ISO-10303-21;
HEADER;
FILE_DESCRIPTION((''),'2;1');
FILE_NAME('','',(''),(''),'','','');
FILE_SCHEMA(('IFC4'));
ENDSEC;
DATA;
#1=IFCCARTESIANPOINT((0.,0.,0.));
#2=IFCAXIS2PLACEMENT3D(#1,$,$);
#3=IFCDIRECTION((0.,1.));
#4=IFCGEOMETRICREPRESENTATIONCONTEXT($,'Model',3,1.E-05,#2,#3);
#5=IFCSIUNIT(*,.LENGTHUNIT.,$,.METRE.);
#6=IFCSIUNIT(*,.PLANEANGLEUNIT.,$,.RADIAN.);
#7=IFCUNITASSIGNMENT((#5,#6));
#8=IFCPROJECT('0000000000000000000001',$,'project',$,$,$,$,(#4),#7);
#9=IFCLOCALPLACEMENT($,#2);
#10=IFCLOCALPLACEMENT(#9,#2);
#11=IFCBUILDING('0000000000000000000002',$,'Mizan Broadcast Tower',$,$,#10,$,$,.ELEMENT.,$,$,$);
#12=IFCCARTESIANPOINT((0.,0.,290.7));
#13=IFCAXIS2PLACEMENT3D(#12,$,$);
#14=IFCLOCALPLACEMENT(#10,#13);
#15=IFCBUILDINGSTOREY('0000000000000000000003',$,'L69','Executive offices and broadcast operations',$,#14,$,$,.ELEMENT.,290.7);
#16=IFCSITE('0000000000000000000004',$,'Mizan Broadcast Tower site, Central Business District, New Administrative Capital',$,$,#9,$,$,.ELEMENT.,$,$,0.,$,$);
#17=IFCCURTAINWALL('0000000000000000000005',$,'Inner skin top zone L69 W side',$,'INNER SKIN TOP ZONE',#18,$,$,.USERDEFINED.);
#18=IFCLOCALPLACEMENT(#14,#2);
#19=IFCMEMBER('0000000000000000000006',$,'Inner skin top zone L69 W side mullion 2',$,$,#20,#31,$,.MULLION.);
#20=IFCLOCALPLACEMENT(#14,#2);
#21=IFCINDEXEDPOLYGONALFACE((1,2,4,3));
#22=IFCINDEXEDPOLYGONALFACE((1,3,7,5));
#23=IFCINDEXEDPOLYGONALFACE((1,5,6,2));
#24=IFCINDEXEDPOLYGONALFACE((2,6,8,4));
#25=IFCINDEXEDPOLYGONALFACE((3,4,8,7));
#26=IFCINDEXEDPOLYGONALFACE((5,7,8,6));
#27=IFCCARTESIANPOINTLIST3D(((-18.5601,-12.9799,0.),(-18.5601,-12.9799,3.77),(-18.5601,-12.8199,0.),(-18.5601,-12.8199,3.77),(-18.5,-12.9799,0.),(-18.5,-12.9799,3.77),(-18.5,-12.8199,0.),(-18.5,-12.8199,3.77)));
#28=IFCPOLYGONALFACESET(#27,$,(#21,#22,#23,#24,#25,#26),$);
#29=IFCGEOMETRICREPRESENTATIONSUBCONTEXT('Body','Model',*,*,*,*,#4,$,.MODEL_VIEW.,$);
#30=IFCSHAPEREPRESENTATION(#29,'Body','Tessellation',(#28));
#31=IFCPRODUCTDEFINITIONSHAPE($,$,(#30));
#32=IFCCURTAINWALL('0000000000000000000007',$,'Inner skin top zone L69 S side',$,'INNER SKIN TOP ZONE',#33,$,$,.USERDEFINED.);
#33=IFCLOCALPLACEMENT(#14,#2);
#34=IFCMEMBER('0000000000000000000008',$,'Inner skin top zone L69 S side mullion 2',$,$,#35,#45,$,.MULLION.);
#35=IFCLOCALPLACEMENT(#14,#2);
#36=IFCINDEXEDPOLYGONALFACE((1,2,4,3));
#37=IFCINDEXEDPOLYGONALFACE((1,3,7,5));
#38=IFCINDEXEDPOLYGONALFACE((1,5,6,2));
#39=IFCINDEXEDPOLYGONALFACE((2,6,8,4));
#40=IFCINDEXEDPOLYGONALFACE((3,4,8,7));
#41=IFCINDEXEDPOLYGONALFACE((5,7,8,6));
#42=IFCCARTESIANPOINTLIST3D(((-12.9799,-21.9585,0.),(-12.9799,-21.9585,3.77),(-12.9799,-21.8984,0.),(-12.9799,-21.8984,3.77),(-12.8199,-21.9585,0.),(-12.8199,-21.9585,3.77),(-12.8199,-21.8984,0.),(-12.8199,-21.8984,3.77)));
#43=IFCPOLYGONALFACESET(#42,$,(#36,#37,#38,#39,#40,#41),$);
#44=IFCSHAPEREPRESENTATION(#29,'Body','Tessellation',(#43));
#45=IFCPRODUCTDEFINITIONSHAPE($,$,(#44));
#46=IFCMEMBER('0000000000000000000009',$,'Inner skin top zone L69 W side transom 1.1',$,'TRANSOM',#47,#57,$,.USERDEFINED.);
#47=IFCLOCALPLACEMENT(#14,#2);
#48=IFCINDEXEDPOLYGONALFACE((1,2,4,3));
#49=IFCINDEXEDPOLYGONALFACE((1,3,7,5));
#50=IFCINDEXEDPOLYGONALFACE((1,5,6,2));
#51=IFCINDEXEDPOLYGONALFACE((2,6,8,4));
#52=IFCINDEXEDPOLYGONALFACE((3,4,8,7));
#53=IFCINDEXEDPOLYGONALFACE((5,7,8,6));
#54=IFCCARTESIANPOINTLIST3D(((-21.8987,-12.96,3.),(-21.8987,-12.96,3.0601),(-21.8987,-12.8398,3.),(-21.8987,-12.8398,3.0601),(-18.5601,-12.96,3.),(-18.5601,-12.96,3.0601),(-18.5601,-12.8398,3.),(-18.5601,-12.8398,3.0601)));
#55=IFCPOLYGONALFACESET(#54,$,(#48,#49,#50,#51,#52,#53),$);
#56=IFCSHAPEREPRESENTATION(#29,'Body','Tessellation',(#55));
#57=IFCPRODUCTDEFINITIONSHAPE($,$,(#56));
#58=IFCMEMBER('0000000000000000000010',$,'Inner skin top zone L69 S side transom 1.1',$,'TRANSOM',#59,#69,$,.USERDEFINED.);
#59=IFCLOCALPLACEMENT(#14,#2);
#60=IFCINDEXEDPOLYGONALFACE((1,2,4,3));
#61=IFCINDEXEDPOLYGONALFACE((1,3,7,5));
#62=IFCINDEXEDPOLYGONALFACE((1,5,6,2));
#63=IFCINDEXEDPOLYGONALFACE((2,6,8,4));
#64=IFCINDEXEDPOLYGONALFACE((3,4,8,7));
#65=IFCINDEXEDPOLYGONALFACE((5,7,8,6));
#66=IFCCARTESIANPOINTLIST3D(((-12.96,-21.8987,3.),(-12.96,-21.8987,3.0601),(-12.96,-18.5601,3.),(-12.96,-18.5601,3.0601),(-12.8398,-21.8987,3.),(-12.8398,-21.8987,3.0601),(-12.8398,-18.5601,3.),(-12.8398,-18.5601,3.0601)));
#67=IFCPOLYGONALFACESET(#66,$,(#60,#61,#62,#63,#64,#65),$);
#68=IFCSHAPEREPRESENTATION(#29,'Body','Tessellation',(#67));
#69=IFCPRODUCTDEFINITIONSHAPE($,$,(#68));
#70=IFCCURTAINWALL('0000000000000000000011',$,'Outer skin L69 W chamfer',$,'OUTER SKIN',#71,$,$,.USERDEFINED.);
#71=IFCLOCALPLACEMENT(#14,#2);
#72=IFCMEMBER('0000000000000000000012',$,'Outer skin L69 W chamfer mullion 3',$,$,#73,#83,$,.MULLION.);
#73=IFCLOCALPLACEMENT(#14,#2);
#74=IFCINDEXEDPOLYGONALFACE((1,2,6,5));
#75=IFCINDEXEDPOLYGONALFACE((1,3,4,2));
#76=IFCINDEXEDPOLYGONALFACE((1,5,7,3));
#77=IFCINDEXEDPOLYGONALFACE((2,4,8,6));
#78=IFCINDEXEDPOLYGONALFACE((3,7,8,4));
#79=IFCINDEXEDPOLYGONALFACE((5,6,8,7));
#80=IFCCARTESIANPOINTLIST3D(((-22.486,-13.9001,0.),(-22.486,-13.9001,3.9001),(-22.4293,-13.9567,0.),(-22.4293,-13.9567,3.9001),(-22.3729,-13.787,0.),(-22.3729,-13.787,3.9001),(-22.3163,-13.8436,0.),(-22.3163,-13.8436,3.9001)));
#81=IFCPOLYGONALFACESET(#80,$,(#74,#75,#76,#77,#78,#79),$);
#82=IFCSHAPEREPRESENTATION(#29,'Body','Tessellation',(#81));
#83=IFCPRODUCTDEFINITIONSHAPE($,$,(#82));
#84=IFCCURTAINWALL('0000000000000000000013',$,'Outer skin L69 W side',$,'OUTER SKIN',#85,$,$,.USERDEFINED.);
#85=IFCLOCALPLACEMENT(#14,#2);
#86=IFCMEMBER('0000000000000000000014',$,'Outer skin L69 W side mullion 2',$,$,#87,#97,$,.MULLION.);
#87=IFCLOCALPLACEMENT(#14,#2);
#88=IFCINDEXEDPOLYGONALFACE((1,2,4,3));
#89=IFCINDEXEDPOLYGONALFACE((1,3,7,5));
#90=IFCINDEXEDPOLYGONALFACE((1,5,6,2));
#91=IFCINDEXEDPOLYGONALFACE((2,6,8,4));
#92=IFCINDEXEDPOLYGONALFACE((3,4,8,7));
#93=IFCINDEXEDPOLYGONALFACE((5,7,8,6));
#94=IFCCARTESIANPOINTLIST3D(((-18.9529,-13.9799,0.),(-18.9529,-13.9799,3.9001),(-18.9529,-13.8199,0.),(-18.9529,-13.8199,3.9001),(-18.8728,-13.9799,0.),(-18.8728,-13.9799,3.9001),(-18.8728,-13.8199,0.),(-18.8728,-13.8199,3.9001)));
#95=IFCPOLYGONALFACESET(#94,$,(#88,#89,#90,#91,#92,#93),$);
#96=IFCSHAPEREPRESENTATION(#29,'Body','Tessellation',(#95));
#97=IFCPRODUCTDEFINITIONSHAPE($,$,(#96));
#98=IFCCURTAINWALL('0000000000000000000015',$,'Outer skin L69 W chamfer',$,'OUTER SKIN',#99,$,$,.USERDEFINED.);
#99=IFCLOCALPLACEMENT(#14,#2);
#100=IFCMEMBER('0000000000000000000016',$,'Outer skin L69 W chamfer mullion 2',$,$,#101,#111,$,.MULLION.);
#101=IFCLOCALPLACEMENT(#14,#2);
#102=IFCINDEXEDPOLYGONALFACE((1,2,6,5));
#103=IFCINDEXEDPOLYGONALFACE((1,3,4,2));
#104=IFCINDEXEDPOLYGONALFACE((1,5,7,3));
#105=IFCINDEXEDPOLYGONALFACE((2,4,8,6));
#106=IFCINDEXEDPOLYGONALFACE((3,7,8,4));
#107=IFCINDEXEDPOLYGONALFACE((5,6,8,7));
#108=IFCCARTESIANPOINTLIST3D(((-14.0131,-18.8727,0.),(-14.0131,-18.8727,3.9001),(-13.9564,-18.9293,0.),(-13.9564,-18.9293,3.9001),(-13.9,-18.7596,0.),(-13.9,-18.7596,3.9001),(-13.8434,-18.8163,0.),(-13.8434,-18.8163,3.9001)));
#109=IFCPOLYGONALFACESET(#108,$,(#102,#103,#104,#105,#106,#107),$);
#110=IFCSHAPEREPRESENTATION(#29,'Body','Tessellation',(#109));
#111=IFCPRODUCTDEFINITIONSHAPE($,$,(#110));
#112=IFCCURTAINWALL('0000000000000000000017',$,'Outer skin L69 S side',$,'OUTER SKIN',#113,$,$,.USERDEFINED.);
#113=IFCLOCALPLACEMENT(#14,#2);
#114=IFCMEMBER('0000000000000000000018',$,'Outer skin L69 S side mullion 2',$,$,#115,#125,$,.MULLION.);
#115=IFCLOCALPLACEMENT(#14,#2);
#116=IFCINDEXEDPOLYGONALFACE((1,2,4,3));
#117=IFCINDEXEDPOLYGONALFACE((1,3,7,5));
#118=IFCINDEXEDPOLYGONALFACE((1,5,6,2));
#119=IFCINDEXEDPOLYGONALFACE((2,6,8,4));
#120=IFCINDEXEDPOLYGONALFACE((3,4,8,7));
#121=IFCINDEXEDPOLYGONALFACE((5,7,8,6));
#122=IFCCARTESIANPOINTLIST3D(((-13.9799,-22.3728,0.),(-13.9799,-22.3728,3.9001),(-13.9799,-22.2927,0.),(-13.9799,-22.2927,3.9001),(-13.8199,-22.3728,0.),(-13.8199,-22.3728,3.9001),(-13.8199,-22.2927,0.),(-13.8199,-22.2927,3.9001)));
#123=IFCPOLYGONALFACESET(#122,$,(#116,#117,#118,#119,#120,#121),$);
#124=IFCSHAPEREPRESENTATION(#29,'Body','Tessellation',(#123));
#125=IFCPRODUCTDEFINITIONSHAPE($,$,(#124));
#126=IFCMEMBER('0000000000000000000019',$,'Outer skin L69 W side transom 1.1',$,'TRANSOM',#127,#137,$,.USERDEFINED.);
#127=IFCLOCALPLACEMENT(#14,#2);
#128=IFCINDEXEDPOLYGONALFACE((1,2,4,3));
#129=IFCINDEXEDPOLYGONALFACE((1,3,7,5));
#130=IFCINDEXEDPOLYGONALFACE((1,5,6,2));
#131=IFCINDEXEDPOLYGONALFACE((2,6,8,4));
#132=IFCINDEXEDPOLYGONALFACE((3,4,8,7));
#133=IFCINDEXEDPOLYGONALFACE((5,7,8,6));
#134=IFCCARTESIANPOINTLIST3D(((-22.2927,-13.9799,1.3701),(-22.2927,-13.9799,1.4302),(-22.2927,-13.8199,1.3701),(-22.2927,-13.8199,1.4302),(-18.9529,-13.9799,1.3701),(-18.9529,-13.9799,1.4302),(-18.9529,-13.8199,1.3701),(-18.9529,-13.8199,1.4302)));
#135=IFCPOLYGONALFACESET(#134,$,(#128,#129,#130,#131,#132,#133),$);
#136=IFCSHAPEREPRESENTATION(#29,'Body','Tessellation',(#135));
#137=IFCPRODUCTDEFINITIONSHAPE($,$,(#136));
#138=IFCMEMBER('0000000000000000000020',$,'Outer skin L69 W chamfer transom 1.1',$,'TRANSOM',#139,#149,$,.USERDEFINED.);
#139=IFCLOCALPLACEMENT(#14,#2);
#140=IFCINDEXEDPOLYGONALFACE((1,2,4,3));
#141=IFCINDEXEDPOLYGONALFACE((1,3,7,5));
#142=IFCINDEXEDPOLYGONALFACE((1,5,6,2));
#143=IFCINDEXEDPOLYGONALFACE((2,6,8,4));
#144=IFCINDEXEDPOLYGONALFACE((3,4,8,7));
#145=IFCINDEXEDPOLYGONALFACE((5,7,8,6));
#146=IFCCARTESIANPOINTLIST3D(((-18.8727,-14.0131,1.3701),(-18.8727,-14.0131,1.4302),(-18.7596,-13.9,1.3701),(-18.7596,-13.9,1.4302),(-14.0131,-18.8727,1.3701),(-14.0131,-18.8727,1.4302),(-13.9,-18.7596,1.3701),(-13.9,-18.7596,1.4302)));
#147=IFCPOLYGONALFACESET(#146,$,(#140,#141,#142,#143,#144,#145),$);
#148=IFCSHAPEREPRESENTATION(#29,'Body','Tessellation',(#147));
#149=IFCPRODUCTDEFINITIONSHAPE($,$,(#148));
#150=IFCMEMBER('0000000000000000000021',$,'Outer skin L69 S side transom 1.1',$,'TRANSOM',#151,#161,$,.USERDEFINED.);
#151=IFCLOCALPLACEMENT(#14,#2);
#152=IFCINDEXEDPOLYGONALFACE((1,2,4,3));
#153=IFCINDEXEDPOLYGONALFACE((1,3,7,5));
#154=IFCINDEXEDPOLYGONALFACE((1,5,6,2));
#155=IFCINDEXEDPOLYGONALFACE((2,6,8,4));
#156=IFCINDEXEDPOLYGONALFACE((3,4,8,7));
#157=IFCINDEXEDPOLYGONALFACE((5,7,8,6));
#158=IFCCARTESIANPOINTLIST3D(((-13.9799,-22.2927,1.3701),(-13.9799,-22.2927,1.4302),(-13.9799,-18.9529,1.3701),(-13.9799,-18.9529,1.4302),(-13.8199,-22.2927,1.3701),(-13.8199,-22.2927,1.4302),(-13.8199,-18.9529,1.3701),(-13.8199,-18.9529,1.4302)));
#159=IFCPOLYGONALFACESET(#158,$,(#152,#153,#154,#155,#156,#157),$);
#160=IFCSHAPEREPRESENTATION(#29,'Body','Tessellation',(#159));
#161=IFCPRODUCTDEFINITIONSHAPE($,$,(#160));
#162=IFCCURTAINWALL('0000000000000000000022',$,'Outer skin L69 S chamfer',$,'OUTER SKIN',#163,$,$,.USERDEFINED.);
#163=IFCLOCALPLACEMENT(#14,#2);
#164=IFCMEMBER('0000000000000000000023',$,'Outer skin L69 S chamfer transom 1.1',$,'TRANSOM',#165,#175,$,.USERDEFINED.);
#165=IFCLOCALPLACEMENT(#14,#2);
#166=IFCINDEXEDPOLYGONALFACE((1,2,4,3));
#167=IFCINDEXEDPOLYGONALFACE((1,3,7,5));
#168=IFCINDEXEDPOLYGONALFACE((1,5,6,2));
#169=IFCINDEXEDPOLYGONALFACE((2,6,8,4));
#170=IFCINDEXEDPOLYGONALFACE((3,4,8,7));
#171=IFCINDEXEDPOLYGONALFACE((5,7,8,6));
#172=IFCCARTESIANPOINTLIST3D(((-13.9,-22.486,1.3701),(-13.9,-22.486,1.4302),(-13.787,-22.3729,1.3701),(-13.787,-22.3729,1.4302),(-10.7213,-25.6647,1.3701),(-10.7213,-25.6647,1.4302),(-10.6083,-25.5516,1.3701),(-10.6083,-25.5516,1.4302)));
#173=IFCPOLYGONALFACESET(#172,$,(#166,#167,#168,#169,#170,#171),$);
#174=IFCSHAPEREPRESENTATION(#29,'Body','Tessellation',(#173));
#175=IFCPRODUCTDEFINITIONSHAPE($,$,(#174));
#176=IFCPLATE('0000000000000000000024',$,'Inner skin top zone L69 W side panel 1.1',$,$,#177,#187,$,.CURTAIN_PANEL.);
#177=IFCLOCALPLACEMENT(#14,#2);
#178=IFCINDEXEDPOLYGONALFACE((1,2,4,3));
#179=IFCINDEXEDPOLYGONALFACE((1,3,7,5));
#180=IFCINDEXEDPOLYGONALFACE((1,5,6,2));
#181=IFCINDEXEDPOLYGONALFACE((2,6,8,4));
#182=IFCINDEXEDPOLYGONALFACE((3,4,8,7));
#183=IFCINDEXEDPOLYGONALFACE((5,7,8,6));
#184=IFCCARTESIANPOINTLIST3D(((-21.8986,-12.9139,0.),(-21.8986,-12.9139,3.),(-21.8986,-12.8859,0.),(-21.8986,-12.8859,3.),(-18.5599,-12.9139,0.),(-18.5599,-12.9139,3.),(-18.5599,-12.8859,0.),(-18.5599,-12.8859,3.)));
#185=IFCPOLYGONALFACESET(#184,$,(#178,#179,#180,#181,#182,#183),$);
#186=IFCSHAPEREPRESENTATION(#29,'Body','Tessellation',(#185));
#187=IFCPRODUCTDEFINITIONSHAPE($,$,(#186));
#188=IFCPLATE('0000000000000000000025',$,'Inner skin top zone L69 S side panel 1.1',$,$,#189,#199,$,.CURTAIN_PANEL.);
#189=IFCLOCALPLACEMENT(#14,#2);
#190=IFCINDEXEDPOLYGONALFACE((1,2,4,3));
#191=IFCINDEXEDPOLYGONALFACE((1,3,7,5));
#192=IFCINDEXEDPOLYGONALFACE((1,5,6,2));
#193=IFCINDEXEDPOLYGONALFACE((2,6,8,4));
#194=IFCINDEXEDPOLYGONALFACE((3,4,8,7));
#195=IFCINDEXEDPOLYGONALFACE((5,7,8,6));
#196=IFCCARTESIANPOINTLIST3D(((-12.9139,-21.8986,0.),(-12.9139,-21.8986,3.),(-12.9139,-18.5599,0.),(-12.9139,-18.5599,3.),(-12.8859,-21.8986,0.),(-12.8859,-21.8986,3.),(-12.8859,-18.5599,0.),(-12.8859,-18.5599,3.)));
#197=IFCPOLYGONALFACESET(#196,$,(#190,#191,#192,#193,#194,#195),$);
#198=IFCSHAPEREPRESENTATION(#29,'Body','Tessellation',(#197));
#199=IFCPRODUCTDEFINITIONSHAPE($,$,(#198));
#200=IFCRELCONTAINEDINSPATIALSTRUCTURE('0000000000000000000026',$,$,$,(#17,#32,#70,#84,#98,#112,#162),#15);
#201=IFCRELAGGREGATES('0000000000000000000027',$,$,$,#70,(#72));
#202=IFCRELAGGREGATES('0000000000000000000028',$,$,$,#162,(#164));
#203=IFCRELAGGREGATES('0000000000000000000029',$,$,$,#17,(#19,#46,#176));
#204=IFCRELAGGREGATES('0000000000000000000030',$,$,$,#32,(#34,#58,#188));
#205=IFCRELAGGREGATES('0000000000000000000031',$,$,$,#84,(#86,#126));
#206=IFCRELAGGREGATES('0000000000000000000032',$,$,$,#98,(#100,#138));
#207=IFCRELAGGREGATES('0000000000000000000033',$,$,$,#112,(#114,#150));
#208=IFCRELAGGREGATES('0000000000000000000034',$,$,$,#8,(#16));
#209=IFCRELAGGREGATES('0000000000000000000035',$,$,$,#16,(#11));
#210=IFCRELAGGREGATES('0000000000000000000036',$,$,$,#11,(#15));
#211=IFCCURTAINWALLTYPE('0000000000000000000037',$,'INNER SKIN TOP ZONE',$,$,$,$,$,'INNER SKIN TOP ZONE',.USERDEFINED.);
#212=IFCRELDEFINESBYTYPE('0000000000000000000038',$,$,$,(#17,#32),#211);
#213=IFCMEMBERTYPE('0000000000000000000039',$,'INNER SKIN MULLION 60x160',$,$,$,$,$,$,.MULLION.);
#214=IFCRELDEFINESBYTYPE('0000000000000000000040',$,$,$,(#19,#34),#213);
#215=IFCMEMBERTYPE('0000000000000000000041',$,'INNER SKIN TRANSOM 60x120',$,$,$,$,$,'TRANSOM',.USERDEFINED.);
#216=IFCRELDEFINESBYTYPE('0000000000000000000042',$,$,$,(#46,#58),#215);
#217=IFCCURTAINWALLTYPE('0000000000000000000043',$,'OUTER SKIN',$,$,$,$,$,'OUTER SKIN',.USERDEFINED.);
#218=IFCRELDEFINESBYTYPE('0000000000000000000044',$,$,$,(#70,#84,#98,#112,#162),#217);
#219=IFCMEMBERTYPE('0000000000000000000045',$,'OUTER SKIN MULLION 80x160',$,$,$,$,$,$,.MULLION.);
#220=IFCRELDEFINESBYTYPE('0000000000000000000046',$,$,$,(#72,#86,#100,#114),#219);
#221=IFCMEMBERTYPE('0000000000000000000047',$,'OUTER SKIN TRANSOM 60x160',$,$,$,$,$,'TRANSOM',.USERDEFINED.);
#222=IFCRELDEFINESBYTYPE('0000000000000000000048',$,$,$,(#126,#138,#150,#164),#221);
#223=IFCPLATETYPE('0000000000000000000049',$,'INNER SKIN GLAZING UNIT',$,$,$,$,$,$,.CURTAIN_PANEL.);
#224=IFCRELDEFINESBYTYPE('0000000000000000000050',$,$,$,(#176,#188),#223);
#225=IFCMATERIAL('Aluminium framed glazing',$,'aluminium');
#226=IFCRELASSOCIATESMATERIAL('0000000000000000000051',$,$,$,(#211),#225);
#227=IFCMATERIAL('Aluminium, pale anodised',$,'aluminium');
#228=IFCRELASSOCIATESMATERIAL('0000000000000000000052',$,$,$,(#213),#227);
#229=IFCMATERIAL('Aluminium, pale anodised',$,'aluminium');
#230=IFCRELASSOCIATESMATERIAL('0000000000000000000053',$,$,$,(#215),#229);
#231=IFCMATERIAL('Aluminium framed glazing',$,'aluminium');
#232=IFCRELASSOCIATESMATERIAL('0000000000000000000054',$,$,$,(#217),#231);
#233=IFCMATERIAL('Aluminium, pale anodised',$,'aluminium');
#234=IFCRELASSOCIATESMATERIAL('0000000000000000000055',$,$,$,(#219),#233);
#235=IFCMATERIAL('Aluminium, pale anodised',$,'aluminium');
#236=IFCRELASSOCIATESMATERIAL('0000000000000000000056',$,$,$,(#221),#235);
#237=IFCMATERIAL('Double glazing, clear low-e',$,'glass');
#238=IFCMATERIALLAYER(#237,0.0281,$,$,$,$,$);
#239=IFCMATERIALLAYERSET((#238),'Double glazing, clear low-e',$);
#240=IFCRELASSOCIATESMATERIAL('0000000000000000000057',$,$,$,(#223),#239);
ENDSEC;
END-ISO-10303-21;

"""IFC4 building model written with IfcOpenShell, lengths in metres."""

from ifc_helpers import new_model, si_unit, direction, frame, origin, origin_2d, place, context, subcontext, project, spatial, rectangle, extrude, material, layer, layer_set, material_profile, profile_set, type_object, element, aggregate, save


model = new_model("IFC4")

# Units and contexts
model_context = context("Model", 3, precision=1e-05, world=origin(), true_north=direction((0.0, 1.0)))
body_context = subcontext(model_context, "Body", "Model", "MODEL_VIEW")
ifc_project = project(units=[si_unit("LENGTHUNIT", "METRE"), si_unit("PLANEANGLEUNIT", "RADIAN")], contexts=[model_context])

# Site, building, storey
site_placement = place(None, origin())
site = spatial("IfcSite", under=ifc_project, at=site_placement, Name="Mizan Broadcast Tower site, Central Business District, New Administrative Capital", CompositionType="ELEMENT", RefElevation=0.0)
building_placement = place(site_placement, origin())
building = spatial("IfcBuilding", under=site, at=building_placement, Name="Mizan Broadcast Tower", CompositionType="ELEMENT")
storey_placement = place(building_placement, frame((0.0, 0.0, 290.7)))
storey = spatial("IfcBuildingStorey", under=building, at=storey_placement, Name="L69", Description="Executive offices and broadcast operations", CompositionType="ELEMENT", Elevation=290.7)

# Curtain walls, members
ifc_material_1 = material(Name="Aluminium framed glazing", Category="aluminium")
curtain_wall_type_1 = type_object("IfcCurtainWallType", Name="INNER SKIN TOP ZONE", ElementType="INNER SKIN TOP ZONE", PredefinedType="USERDEFINED", material=ifc_material_1)
curtain_wall_1_placement = place(storey_placement, origin())
curtain_wall_1 = element("IfcCurtainWall", 1, at=curtain_wall_1_placement, inside=storey, type_object=curtain_wall_type_1, Name="Inner skin top zone L69 W side", ObjectType="INNER SKIN TOP ZONE", PredefinedType="USERDEFINED")
ifc_material_2 = material(Name="Aluminium, pale anodised", Category="aluminium")
ifc_material_profile_1 = material_profile(ifc_material_2, rectangle(XDim=0.1599, YDim=0.0601, at=origin_2d()), Name="MULLION 160x60")
ifc_profile_set_1 = profile_set([ifc_material_profile_1], Name="Aluminium, pale anodised")
member_type_1 = type_object("IfcMemberType", Name="INNER SKIN MULLION 60x160", PredefinedType="MULLION", material=ifc_profile_set_1)
member_1_placement = place(storey_placement, frame((-18.53, -12.8999, 0.0), z_axis=(0.0, 0.0, 1.0), x_axis=(0.0, 1.0, 0.0)))
member_1 = element("IfcMember", 2, at=member_1_placement, type_object=member_type_1, Name="Inner skin top zone L69 W side mullion 2", PredefinedType="MULLION", context=body_context, shape_type="SweptSolid", body=[
    extrude(rectangle(XDim=0.1599, YDim=0.0601, at=origin_2d()), origin(), (0.0, 0.0, 1.0), 3.77),
])
curtain_wall_2_placement = place(storey_placement, origin())
curtain_wall_2 = element("IfcCurtainWall", 3, at=curtain_wall_2_placement, inside=storey, type_object=curtain_wall_type_1, Name="Inner skin top zone L69 S side", ObjectType="INNER SKIN TOP ZONE", PredefinedType="USERDEFINED")
member_2_placement = place(storey_placement, frame((-12.8999, -21.9285, 0.0), z_axis=(0.0, 0.0, 1.0), x_axis=(1.0, 0.0, 0.0)))
member_2 = element("IfcMember", 4, at=member_2_placement, type_object=member_type_1, Name="Inner skin top zone L69 S side mullion 2", PredefinedType="MULLION", context=body_context, shape_type="SweptSolid", body=[
    extrude(rectangle(XDim=0.1599, YDim=0.0601, at=origin_2d()), origin(), (0.0, 0.0, 1.0), 3.77),
])

# Members
ifc_material_3 = material(Name="Aluminium, pale anodised", Category="aluminium")
ifc_material_profile_2 = material_profile(ifc_material_3, rectangle(XDim=0.1201, YDim=0.0601, at=origin_2d()), Name="TRANSOM 120x60")
ifc_profile_set_2 = profile_set([ifc_material_profile_2], Name="Aluminium, pale anodised")
member_type_2 = type_object("IfcMemberType", Name="INNER SKIN TRANSOM 60x120", ElementType="TRANSOM", PredefinedType="USERDEFINED", material=ifc_profile_set_2)
member_3_placement = place(storey_placement, frame((-21.8987, -12.8999, 3.03), z_axis=(1.0, 0.0, 0.0), x_axis=(0.0, 1.0, 0.0)))
member_3 = element("IfcMember", 5, at=member_3_placement, type_object=member_type_2, Name="Inner skin top zone L69 W side transom 1.1", ObjectType="TRANSOM", PredefinedType="USERDEFINED", context=body_context, shape_type="SweptSolid", body=[
    extrude(rectangle(XDim=0.1201, YDim=0.0601, at=origin_2d()), origin(), (0.0, 0.0, 1.0), 3.3386),
])
member_4_placement = place(storey_placement, frame((-12.8999, -18.5601, 3.03), z_axis=(0.0, -1.0, 0.0), x_axis=(1.0, 0.0, 0.0)))
member_4 = element("IfcMember", 6, at=member_4_placement, type_object=member_type_2, Name="Inner skin top zone L69 S side transom 1.1", ObjectType="TRANSOM", PredefinedType="USERDEFINED", context=body_context, shape_type="SweptSolid", body=[
    extrude(rectangle(XDim=0.1201, YDim=0.0601, at=origin_2d()), origin(), (0.0, 0.0, 1.0), 3.3386),
])

# Curtain walls, members
ifc_material_4 = material(Name="Aluminium framed glazing", Category="aluminium")
curtain_wall_type_2 = type_object("IfcCurtainWallType", Name="OUTER SKIN", ElementType="OUTER SKIN", PredefinedType="USERDEFINED", material=ifc_material_4)
curtain_wall_3_placement = place(storey_placement, origin())
curtain_wall_3 = element("IfcCurtainWall", 7, at=curtain_wall_3_placement, inside=storey, type_object=curtain_wall_type_2, Name="Outer skin L69 W chamfer", ObjectType="OUTER SKIN", PredefinedType="USERDEFINED")
ifc_material_5 = material(Name="Aluminium, pale anodised", Category="aluminium")
ifc_material_profile_3 = material_profile(ifc_material_5, rectangle(XDim=0.1599, YDim=0.0801, at=origin_2d()), Name="MULLION 160x80")
ifc_profile_set_3 = profile_set([ifc_material_profile_3], Name="Aluminium, pale anodised")
member_type_3 = type_object("IfcMemberType", Name="OUTER SKIN MULLION 80x160", PredefinedType="MULLION", material=ifc_profile_set_3)
member_5_placement = place(storey_placement, frame((-22.4011, -13.8718, 0.0), z_axis=(0.0, 0.0, 1.0), x_axis=(0.707107, 0.707107, 0.0)))
member_5 = element("IfcMember", 8, at=member_5_placement, type_object=member_type_3, Name="Outer skin L69 W chamfer mullion 3", PredefinedType="MULLION", context=body_context, shape_type="SweptSolid", body=[
    extrude(rectangle(XDim=0.1599, YDim=0.0801, at=origin_2d()), origin(), (0.0, 0.0, 1.0), 3.9001),
])
aggregate(curtain_wall_3, [member_5])
curtain_wall_4_placement = place(storey_placement, origin())
curtain_wall_4 = element("IfcCurtainWall", 9, at=curtain_wall_4_placement, inside=storey, type_object=curtain_wall_type_2, Name="Outer skin L69 W side", ObjectType="OUTER SKIN", PredefinedType="USERDEFINED")
member_6_placement = place(storey_placement, frame((-18.9128, -13.8999, 0.0), z_axis=(0.0, 0.0, 1.0), x_axis=(0.0, 1.0, 0.0)))
member_6 = element("IfcMember", 10, at=member_6_placement, type_object=member_type_3, Name="Outer skin L69 W side mullion 2", PredefinedType="MULLION", context=body_context, shape_type="SweptSolid", body=[
    extrude(rectangle(XDim=0.1599, YDim=0.0801, at=origin_2d()), origin(), (0.0, 0.0, 1.0), 3.9001),
])
curtain_wall_5_placement = place(storey_placement, origin())
curtain_wall_5 = element("IfcCurtainWall", 11, at=curtain_wall_5_placement, inside=storey, type_object=curtain_wall_type_2, Name="Outer skin L69 W chamfer", ObjectType="OUTER SKIN", PredefinedType="USERDEFINED")
member_7_placement = place(storey_placement, frame((-13.9282, -18.8445, 0.0), z_axis=(0.0, 0.0, 1.0), x_axis=(0.707107, 0.707107, 0.0)))
member_7 = element("IfcMember", 12, at=member_7_placement, type_object=member_type_3, Name="Outer skin L69 W chamfer mullion 2", PredefinedType="MULLION", context=body_context, shape_type="SweptSolid", body=[
    extrude(rectangle(XDim=0.1599, YDim=0.0801, at=origin_2d()), origin(), (0.0, 0.0, 1.0), 3.9001),
])
curtain_wall_6_placement = place(storey_placement, origin())
curtain_wall_6 = element("IfcCurtainWall", 13, at=curtain_wall_6_placement, inside=storey, type_object=curtain_wall_type_2, Name="Outer skin L69 S side", ObjectType="OUTER SKIN", PredefinedType="USERDEFINED")
member_8_placement = place(storey_placement, frame((-13.8999, -22.3328, 0.0), z_axis=(0.0, 0.0, 1.0), x_axis=(1.0, 0.0, 0.0)))
member_8 = element("IfcMember", 14, at=member_8_placement, type_object=member_type_3, Name="Outer skin L69 S side mullion 2", PredefinedType="MULLION", context=body_context, shape_type="SweptSolid", body=[
    extrude(rectangle(XDim=0.1599, YDim=0.0801, at=origin_2d()), origin(), (0.0, 0.0, 1.0), 3.9001),
])

# Members
ifc_material_6 = material(Name="Aluminium, pale anodised", Category="aluminium")
ifc_material_profile_4 = material_profile(ifc_material_6, rectangle(XDim=0.1599, YDim=0.0601, at=origin_2d()), Name="TRANSOM 160x60")
ifc_profile_set_4 = profile_set([ifc_material_profile_4], Name="Aluminium, pale anodised")
member_type_4 = type_object("IfcMemberType", Name="OUTER SKIN TRANSOM 60x160", ElementType="TRANSOM", PredefinedType="USERDEFINED", material=ifc_profile_set_4)
member_9_placement = place(storey_placement, frame((-22.2927, -13.8999, 1.4001), z_axis=(1.0, 0.0, 0.0), x_axis=(0.0, 1.0, 0.0)))
member_9 = element("IfcMember", 15, at=member_9_placement, type_object=member_type_4, Name="Outer skin L69 W side transom 1.1", ObjectType="TRANSOM", PredefinedType="USERDEFINED", context=body_context, shape_type="SweptSolid", body=[
    extrude(rectangle(XDim=0.1599, YDim=0.0601, at=origin_2d()), origin(), (0.0, 0.0, 1.0), 3.3398),
])
member_10_placement = place(storey_placement, frame((-18.8162, -13.9565, 1.4001), z_axis=(0.707107, -0.707107, 0.0), x_axis=(0.707107, 0.707107, 0.0)))
member_10 = element("IfcMember", 16, at=member_10_placement, type_object=member_type_4, Name="Outer skin L69 W chamfer transom 1.1", ObjectType="TRANSOM", PredefinedType="USERDEFINED", context=body_context, shape_type="SweptSolid", body=[
    extrude(rectangle(XDim=0.1599, YDim=0.0601, at=origin_2d()), origin(), (0.0, 0.0, 1.0), 6.8726),
])
member_11_placement = place(storey_placement, frame((-13.8999, -18.9529, 1.4001), z_axis=(0.0, -1.0, 0.0), x_axis=(1.0, 0.0, 0.0)))
member_11 = element("IfcMember", 17, at=member_11_placement, type_object=member_type_4, Name="Outer skin L69 S side transom 1.1", ObjectType="TRANSOM", PredefinedType="USERDEFINED", context=body_context, shape_type="SweptSolid", body=[
    extrude(rectangle(XDim=0.1599, YDim=0.0601, at=origin_2d()), origin(), (0.0, 0.0, 1.0), 3.3398),
])

# Curtain wall, member
curtain_wall_7_placement = place(storey_placement, origin())
curtain_wall_7 = element("IfcCurtainWall", 18, at=curtain_wall_7_placement, inside=storey, type_object=curtain_wall_type_2, Name="Outer skin L69 S chamfer", ObjectType="OUTER SKIN", PredefinedType="USERDEFINED")
member_12_placement = place(storey_placement, frame((-13.8435, -22.4294, 1.4001), z_axis=(0.707107, -0.707107, 0.0), x_axis=(0.707107, 0.707107, 0.0)))
member_12 = element("IfcMember", 19, at=member_12_placement, type_object=member_type_4, Name="Outer skin L69 S chamfer transom 1.1", ObjectType="TRANSOM", PredefinedType="USERDEFINED", context=body_context, shape_type="SweptSolid", body=[
    extrude(rectangle(XDim=0.1599, YDim=0.0601, at=origin_2d()), origin(), (0.0, 0.0, 1.0), 4.4954),
])
aggregate(curtain_wall_7, [member_12])

# Plates
ifc_material_7 = material(Name="Double glazing, clear low-e", Category="glass")
ifc_layer_1 = layer(ifc_material_7, 0.0281)
ifc_layer_set_1 = layer_set([ifc_layer_1], Name="Double glazing, clear low-e")
plate_type_1 = type_object("IfcPlateType", Name="INNER SKIN GLAZING UNIT", PredefinedType="CURTAIN_PANEL", material=ifc_layer_set_1)
plate_1_placement = place(storey_placement, frame((-20.2292, -12.8999, 0.0), z_axis=(0.0, 0.0, 1.0), x_axis=(1.0, 0.0, 0.0)))
plate_1 = element("IfcPlate", 20, at=plate_1_placement, type_object=plate_type_1, Name="Inner skin top zone L69 W side panel 1.1", PredefinedType="CURTAIN_PANEL", context=body_context, shape_type="SweptSolid", body=[
    extrude(rectangle(XDim=3.3386, YDim=0.0281, at=origin_2d()), origin(), (0.0, 0.0, 1.0), 3.0),
])
plate_2_placement = place(storey_placement, frame((-12.8999, -20.2292, 0.0), z_axis=(0.0, 0.0, 1.0), x_axis=(0.0, -1.0, 0.0)))
plate_2 = element("IfcPlate", 21, at=plate_2_placement, type_object=plate_type_1, Name="Inner skin top zone L69 S side panel 1.1", PredefinedType="CURTAIN_PANEL", context=body_context, shape_type="SweptSolid", body=[
    extrude(rectangle(XDim=3.3386, YDim=0.0281, at=origin_2d()), origin(), (0.0, 0.0, 1.0), 3.0),
])
aggregate(curtain_wall_1, [member_1, member_3, plate_1])
aggregate(curtain_wall_2, [member_2, member_4, plate_2])
aggregate(curtain_wall_4, [member_6, member_9])
aggregate(curtain_wall_5, [member_7, member_10])
aggregate(curtain_wall_6, [member_8, member_11])

save(model, "model.ifc")
